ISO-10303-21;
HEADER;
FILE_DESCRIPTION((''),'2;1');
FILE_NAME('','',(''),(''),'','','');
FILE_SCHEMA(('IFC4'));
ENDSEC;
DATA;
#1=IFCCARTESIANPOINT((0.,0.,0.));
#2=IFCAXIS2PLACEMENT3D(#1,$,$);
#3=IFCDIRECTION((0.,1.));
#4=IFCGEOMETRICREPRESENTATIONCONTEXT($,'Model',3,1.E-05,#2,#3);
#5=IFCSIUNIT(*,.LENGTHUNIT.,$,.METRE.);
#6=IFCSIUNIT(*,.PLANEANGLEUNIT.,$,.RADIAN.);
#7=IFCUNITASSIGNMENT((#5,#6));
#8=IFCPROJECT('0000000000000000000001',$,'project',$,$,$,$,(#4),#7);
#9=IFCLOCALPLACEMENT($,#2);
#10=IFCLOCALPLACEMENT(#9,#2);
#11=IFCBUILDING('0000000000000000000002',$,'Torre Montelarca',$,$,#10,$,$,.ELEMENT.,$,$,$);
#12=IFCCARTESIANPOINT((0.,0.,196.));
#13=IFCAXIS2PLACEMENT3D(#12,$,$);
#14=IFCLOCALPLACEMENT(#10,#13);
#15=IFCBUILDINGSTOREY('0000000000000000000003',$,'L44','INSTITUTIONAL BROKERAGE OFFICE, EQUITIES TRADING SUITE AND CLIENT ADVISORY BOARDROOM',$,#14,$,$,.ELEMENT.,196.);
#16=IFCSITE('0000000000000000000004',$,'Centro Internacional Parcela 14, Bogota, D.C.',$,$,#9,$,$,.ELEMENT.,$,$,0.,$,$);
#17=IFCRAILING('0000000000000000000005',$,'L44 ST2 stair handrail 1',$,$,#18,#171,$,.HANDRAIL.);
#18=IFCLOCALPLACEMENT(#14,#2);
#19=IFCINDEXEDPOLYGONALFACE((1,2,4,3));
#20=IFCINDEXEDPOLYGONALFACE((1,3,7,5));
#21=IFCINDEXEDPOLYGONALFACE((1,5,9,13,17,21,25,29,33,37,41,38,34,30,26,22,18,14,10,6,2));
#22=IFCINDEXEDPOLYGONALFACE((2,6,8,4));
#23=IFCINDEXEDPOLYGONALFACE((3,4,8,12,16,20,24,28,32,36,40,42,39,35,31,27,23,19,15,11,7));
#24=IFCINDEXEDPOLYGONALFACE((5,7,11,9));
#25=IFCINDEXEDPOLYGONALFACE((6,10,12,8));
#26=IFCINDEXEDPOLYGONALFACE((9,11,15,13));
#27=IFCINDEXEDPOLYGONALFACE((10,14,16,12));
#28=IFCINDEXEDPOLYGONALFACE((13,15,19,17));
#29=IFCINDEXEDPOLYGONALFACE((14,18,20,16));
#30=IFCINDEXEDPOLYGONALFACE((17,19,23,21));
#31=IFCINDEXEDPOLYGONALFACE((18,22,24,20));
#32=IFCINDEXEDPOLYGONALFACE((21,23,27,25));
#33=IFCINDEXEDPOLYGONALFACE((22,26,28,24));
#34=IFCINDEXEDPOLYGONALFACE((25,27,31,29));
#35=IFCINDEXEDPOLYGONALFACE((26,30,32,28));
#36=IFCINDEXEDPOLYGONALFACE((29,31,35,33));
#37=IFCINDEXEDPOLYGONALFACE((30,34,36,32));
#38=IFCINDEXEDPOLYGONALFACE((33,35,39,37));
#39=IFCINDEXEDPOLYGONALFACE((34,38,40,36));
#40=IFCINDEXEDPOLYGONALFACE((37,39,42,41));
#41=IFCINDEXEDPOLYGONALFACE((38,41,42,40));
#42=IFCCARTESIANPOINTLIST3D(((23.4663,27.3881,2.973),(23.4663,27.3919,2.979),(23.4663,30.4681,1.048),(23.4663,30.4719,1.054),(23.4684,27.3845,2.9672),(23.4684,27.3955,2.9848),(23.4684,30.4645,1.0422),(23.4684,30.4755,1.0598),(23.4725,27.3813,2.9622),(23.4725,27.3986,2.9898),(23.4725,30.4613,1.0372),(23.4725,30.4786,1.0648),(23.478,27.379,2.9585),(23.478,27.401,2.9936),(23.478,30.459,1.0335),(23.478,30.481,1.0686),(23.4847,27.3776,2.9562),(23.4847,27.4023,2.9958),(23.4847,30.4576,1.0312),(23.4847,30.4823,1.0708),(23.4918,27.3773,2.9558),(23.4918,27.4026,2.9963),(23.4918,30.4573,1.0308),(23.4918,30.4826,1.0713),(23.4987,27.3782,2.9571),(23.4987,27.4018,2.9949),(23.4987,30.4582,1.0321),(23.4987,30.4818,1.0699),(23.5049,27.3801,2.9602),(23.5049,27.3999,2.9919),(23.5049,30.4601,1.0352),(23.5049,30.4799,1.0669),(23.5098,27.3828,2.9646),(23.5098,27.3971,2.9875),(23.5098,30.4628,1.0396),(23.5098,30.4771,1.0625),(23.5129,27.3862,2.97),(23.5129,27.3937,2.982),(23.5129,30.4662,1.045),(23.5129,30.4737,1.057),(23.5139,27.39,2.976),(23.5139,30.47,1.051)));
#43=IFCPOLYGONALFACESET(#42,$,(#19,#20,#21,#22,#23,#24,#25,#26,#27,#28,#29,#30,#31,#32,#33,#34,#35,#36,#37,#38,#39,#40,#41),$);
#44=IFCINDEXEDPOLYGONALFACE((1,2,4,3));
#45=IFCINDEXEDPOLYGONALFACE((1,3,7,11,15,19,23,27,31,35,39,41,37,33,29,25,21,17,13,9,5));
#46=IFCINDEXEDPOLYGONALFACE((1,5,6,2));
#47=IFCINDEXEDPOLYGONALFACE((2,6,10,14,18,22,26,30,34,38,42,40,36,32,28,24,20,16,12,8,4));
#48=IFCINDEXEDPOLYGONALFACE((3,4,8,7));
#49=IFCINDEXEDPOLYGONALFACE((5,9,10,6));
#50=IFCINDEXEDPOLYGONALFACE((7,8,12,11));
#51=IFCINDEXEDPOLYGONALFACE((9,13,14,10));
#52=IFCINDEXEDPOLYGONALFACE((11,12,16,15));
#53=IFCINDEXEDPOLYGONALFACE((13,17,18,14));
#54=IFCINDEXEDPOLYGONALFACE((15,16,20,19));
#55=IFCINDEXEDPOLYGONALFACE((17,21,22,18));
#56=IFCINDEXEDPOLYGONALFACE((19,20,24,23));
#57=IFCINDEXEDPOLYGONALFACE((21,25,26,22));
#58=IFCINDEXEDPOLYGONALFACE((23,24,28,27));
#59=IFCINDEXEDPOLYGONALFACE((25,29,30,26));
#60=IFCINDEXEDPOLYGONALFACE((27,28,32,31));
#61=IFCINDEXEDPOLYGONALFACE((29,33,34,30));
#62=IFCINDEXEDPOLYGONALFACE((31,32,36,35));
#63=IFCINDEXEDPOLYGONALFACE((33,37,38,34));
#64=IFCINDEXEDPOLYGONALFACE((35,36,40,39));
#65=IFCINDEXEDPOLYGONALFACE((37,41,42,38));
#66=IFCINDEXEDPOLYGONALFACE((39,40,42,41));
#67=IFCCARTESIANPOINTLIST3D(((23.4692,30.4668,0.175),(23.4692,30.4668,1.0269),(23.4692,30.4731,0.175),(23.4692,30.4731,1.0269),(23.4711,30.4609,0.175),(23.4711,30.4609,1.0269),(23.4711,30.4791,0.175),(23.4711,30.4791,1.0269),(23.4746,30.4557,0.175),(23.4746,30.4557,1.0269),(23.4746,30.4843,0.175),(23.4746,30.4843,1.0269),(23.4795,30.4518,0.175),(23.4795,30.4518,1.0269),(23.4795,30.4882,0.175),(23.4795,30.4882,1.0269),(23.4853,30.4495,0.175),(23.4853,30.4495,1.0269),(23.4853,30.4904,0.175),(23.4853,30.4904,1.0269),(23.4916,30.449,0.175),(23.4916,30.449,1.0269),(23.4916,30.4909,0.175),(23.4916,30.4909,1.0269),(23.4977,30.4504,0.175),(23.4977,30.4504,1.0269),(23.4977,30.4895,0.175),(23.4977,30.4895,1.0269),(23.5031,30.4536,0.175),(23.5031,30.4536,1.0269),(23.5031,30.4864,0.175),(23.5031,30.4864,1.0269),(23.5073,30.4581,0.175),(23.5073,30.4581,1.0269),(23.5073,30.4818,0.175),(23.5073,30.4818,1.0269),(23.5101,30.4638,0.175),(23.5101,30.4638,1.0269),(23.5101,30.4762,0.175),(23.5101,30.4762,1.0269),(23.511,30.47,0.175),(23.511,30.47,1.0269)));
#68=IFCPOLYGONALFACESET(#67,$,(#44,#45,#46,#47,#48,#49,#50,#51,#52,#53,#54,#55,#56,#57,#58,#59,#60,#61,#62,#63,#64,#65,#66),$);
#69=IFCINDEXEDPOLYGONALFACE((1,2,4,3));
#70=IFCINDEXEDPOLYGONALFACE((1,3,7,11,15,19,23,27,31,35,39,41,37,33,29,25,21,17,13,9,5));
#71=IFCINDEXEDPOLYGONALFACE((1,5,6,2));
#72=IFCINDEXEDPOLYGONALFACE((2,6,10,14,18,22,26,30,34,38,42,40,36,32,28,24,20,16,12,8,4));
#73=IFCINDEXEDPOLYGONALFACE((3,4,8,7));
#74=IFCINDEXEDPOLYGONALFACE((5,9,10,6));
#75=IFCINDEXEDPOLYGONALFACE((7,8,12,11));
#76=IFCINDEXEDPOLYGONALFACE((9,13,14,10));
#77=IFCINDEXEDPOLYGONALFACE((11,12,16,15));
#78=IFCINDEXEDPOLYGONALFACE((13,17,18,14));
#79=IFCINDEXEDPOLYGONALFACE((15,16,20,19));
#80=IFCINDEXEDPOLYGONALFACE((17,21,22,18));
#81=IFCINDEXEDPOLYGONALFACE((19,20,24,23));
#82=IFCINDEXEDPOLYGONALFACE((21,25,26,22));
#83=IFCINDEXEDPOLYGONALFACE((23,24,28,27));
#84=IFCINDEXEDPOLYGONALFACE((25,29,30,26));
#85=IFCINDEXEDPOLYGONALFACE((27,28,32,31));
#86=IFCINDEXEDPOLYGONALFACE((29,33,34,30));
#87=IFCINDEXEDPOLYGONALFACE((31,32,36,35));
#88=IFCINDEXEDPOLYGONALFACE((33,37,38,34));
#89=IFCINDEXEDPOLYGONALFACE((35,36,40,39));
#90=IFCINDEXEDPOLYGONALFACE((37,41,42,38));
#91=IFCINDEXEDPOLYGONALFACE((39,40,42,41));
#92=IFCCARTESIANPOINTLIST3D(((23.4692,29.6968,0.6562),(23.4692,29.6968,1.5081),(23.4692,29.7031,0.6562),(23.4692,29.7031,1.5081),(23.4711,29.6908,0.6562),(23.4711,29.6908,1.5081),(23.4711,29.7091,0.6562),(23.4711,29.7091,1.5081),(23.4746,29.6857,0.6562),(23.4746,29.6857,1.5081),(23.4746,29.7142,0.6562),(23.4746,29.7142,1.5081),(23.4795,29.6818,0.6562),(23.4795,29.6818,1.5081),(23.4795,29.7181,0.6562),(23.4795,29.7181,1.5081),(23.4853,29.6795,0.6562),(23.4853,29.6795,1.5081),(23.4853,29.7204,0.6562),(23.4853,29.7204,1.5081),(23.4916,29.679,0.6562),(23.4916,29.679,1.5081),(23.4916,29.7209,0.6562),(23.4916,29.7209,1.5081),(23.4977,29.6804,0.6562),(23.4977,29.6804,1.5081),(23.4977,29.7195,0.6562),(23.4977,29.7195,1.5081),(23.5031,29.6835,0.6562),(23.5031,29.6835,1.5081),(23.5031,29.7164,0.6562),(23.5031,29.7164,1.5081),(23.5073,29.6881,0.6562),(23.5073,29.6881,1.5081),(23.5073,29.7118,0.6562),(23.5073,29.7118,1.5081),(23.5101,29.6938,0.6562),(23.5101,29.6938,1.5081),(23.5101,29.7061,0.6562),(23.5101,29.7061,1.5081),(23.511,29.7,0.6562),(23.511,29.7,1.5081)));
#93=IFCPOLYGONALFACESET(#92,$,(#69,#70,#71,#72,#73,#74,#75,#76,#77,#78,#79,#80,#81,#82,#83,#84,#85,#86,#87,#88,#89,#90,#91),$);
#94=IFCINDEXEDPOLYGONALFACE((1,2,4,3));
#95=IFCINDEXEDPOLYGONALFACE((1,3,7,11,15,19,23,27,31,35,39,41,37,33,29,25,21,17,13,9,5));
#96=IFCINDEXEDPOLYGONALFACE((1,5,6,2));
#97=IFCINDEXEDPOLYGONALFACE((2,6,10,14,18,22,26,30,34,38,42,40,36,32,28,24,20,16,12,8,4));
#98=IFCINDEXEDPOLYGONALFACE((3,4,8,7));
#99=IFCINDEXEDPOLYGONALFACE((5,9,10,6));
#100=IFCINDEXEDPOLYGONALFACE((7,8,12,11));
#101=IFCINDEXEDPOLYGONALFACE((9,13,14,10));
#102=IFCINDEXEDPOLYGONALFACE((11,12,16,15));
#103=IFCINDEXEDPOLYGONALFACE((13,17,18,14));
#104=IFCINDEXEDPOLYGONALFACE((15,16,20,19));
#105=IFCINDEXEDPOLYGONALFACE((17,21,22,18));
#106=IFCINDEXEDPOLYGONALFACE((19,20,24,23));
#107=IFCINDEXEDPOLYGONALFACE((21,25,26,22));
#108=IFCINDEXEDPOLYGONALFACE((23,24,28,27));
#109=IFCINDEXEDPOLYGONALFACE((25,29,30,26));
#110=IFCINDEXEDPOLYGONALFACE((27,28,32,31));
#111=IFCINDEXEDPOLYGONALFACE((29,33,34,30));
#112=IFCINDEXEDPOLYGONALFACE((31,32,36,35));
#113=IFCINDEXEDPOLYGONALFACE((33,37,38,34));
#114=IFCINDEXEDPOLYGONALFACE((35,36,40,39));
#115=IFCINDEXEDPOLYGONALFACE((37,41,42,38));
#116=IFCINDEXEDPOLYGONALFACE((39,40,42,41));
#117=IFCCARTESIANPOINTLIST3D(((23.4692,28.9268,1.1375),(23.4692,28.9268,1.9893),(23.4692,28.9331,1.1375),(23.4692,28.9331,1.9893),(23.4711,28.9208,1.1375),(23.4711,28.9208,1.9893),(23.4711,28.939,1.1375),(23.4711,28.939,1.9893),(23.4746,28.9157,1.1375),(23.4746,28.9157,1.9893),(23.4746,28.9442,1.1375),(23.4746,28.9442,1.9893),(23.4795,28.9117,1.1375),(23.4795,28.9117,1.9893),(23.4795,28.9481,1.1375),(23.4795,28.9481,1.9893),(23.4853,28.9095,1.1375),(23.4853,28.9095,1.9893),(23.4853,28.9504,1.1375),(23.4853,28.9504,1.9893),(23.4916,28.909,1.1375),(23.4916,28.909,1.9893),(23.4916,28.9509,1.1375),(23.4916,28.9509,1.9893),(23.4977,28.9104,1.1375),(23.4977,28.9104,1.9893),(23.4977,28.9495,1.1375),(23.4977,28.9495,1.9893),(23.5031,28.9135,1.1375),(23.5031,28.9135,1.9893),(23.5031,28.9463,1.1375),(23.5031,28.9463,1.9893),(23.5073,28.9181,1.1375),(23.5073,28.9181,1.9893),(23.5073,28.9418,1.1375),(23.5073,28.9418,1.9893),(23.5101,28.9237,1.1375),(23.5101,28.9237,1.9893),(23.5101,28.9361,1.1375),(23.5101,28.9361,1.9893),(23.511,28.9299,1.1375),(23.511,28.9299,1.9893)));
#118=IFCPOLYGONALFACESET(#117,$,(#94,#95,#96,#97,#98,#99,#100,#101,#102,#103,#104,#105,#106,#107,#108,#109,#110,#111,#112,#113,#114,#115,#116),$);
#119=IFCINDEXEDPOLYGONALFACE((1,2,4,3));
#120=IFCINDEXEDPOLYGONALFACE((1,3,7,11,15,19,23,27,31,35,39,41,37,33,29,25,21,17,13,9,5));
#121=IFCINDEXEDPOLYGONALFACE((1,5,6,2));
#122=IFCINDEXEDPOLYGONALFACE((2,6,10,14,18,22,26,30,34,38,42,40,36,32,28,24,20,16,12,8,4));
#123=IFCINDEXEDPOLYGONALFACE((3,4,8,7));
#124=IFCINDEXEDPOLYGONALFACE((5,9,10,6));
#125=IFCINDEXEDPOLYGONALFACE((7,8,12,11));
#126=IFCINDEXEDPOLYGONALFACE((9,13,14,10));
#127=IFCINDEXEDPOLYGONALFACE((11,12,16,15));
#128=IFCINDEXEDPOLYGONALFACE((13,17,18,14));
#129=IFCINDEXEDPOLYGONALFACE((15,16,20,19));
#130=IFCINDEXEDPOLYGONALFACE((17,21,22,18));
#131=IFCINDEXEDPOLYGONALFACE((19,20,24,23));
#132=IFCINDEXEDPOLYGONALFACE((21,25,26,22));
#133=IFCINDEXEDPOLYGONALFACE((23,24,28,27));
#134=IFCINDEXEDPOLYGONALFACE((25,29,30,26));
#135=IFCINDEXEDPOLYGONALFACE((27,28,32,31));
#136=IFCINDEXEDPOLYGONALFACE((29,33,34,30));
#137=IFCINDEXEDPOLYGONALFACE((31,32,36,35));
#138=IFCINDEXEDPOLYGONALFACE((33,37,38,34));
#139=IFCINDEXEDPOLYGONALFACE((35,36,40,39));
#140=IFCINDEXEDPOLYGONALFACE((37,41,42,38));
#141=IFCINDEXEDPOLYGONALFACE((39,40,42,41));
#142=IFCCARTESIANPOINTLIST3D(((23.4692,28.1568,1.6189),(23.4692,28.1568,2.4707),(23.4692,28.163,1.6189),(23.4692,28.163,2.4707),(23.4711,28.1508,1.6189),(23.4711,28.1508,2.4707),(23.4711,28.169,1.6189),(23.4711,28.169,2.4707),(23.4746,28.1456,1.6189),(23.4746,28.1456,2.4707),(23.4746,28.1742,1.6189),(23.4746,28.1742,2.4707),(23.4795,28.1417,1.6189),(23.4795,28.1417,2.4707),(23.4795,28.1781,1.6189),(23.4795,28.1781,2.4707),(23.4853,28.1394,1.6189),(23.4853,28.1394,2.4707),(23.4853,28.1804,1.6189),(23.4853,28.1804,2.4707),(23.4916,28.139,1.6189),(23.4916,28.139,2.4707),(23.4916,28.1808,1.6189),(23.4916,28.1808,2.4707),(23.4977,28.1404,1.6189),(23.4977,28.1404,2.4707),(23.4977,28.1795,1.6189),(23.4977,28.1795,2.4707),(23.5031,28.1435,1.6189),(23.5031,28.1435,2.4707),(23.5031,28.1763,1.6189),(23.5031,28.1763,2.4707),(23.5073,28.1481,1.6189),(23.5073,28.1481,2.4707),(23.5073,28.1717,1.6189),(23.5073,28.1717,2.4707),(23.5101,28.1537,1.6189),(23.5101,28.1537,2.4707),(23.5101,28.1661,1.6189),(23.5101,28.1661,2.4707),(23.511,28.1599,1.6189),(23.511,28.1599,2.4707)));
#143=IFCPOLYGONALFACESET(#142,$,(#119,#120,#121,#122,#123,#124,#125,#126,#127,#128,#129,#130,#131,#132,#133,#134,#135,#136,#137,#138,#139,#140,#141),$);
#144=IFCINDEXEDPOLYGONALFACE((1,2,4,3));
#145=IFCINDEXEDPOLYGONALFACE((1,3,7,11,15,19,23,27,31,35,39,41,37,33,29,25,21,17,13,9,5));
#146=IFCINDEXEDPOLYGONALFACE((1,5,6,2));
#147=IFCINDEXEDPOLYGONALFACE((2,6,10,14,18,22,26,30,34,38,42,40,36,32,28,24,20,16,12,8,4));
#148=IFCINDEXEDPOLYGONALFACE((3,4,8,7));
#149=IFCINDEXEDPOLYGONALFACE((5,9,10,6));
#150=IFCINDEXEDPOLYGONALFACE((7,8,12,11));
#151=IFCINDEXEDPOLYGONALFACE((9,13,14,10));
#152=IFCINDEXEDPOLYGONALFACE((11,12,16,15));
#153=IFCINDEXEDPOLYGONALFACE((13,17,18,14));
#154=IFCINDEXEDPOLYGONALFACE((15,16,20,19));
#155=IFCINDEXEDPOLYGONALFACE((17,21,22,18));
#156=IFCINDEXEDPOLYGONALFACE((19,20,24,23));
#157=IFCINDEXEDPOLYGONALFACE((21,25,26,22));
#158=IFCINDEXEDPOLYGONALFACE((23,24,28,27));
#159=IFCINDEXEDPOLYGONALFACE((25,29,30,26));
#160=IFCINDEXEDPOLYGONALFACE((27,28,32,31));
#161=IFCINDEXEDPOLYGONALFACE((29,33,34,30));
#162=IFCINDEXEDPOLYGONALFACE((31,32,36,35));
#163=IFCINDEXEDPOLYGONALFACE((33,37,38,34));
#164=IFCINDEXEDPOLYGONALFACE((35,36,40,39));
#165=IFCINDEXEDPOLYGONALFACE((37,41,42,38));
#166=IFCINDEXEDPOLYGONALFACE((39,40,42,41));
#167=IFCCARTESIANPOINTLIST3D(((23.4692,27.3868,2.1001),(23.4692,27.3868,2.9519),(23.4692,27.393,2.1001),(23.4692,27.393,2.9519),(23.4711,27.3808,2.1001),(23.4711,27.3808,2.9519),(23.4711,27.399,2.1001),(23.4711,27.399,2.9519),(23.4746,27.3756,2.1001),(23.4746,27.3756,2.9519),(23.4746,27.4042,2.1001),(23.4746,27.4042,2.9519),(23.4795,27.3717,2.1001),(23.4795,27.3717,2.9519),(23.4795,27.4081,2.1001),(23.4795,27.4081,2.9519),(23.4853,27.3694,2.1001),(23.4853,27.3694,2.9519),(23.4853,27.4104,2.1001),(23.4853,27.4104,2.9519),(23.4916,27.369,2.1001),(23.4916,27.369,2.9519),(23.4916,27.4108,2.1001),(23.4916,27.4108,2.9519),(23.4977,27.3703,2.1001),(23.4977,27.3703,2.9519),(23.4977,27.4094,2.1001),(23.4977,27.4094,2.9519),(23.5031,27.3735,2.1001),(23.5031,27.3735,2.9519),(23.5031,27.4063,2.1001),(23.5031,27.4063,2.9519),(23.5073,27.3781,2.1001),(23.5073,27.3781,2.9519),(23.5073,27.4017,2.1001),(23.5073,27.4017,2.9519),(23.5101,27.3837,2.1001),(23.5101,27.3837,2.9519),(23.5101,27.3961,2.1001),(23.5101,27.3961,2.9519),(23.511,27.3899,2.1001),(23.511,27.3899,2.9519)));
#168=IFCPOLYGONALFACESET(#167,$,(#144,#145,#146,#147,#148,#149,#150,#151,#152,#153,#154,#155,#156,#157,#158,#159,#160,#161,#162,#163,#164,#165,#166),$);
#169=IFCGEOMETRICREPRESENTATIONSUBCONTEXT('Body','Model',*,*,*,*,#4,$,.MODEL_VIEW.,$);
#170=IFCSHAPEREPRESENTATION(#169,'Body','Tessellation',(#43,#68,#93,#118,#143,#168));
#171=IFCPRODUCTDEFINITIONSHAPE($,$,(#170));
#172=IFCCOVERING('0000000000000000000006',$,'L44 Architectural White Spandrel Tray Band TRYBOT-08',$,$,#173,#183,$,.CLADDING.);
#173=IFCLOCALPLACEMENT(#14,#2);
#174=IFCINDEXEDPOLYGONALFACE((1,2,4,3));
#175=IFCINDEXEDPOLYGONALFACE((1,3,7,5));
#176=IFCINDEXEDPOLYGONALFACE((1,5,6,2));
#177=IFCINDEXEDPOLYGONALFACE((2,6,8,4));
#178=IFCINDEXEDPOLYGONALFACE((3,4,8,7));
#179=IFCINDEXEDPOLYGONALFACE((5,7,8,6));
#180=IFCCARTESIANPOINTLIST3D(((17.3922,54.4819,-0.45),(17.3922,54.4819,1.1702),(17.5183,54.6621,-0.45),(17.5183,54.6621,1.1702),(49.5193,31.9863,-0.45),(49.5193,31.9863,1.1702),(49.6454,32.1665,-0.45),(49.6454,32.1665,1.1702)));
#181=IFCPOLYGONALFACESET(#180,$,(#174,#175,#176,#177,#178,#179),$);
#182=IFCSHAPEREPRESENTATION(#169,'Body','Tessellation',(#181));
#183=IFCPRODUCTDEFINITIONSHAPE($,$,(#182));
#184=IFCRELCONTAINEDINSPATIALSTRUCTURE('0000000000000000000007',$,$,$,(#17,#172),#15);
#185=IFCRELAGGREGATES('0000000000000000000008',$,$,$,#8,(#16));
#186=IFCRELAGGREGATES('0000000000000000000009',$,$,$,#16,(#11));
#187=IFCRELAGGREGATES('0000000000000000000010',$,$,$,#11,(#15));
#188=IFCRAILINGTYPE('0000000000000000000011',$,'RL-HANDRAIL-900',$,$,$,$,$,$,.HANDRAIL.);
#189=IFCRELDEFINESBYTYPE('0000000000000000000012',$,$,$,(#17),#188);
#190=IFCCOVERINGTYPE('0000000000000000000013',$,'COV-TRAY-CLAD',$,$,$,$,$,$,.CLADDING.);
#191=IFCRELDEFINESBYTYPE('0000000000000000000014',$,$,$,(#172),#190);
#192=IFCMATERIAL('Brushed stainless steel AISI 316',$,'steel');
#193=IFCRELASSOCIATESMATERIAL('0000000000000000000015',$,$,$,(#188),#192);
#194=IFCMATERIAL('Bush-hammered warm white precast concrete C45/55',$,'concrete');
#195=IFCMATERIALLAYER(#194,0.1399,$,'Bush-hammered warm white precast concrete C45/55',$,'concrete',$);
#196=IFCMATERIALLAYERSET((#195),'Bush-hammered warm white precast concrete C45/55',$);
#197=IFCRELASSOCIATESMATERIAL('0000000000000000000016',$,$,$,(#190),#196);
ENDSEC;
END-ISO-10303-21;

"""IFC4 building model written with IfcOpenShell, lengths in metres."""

from ifc_helpers import new_model, si_unit, direction, frame, origin, origin_2d, place, context, subcontext, project, spatial, rectangle, circle, extrude, source, transform, mapped, material, layer, layer_set, type_object, element, save


model = new_model("IFC4")

# Units and contexts
model_context = context("Model", 3, precision=1e-05, world=origin(), true_north=direction((0.0, 1.0)))
body_context = subcontext(model_context, "Body", "Model", "MODEL_VIEW")
ifc_project = project(units=[si_unit("LENGTHUNIT", "METRE"), si_unit("PLANEANGLEUNIT", "RADIAN")], contexts=[model_context])

# Site, building, storey
site_placement = place(None, origin())
site = spatial("IfcSite", under=ifc_project, at=site_placement, Name="Centro Internacional Parcela 14, Bogota, D.C.", CompositionType="ELEMENT", RefElevation=0.0)
building_placement = place(site_placement, origin())
building = spatial("IfcBuilding", under=site, at=building_placement, Name="Torre Montelarca", CompositionType="ELEMENT")
storey_placement = place(building_placement, frame((0.0, 0.0, 196.0)))
storey = spatial("IfcBuildingStorey", under=building, at=storey_placement, Name="L44", Description="INSTITUTIONAL BROKERAGE OFFICE, EQUITIES TRADING SUITE AND CLIENT ADVISORY BOARDROOM", CompositionType="ELEMENT", Elevation=196.0)

# Shared definitions
ifc_material_1 = material(Name="Brushed stainless steel AISI 316", Category="steel")

# Railing
railing_type_1 = type_object("IfcRailingType", Name="RL-HANDRAIL-900", PredefinedType="HANDRAIL", material=ifc_material_1)
railing_1_placement = place(storey_placement, frame((23.49, 30.47, 0.175)))
element("IfcRailing", 1, at=railing_1_placement, inside=storey, type_object=railing_type_1, Name="L44 ST2 stair handrail 1", PredefinedType="HANDRAIL", context=body_context, shape_type="SweptSolid", body=[
    extrude(circle(Radius=0.0239, at=origin_2d()), frame((0.0, 0.0, 0.876), z_axis=(0.0, -0.847998, 0.529999), x_axis=(1.0, 0.0, 0.0)), (0.0, 0.0, 1.0), 3.6321),
    extrude(circle(Radius=0.021, at=origin_2d()), origin(), (0.0, 0.0, 1.0), 0.8518),
    extrude(circle(Radius=0.021, at=origin_2d()), frame((0.0, -0.77, 0.4812)), (0.0, 0.0, 1.0), 0.8518),
    extrude(circle(Radius=0.021, at=origin_2d()), frame((0.0, -1.54, 0.9624)), (0.0, 0.0, 1.0), 0.8518),
    extrude(circle(Radius=0.021, at=origin_2d()), frame((0.0, -2.3101, 1.4438)), (0.0, 0.0, 1.0), 0.8518),
    extrude(circle(Radius=0.021, at=origin_2d()), frame((0.0, -3.0801, 1.925)), (0.0, 0.0, 1.0), 0.8518),
])

# Covering
ifc_material_2 = material(Name="Bush-hammered warm white precast concrete C45/55", Category="concrete")
ifc_layer_1 = layer(ifc_material_2, 0.1399, Name="Bush-hammered warm white precast concrete C45/55", Category="concrete")
ifc_layer_set_1 = layer_set([ifc_layer_1], Name="Bush-hammered warm white precast concrete C45/55")
covering_type = type_object("IfcCoveringType", Name="COV-TRAY-CLAD", PredefinedType="CLADDING", material=ifc_layer_set_1)
shared_shape_1 = source(origin(), body_context, "Body", "SweptSolid", [
    extrude(rectangle(XDim=39.22, YDim=0.22, at=origin_2d()), origin(), (0.0, 0.0, 1.0), 1.6201),
])
covering_placement = place(storey_placement, frame((33.5188, 43.3242, -0.45), z_axis=(0.0, 0.0, 1.0), x_axis=(-0.819152, 0.573576, 0.0)))
element("IfcCovering", 2, at=covering_placement, inside=storey, type_object=covering_type, Name="L44 Architectural White Spandrel Tray Band TRYBOT-08", PredefinedType="CLADDING", context=body_context, shape_type="MappedRepresentation", body=[
    mapped(shared_shape_1, transform((0.0, 0.0, 0.0), scale=1.0)),
])

save(model, "model.ifc")
